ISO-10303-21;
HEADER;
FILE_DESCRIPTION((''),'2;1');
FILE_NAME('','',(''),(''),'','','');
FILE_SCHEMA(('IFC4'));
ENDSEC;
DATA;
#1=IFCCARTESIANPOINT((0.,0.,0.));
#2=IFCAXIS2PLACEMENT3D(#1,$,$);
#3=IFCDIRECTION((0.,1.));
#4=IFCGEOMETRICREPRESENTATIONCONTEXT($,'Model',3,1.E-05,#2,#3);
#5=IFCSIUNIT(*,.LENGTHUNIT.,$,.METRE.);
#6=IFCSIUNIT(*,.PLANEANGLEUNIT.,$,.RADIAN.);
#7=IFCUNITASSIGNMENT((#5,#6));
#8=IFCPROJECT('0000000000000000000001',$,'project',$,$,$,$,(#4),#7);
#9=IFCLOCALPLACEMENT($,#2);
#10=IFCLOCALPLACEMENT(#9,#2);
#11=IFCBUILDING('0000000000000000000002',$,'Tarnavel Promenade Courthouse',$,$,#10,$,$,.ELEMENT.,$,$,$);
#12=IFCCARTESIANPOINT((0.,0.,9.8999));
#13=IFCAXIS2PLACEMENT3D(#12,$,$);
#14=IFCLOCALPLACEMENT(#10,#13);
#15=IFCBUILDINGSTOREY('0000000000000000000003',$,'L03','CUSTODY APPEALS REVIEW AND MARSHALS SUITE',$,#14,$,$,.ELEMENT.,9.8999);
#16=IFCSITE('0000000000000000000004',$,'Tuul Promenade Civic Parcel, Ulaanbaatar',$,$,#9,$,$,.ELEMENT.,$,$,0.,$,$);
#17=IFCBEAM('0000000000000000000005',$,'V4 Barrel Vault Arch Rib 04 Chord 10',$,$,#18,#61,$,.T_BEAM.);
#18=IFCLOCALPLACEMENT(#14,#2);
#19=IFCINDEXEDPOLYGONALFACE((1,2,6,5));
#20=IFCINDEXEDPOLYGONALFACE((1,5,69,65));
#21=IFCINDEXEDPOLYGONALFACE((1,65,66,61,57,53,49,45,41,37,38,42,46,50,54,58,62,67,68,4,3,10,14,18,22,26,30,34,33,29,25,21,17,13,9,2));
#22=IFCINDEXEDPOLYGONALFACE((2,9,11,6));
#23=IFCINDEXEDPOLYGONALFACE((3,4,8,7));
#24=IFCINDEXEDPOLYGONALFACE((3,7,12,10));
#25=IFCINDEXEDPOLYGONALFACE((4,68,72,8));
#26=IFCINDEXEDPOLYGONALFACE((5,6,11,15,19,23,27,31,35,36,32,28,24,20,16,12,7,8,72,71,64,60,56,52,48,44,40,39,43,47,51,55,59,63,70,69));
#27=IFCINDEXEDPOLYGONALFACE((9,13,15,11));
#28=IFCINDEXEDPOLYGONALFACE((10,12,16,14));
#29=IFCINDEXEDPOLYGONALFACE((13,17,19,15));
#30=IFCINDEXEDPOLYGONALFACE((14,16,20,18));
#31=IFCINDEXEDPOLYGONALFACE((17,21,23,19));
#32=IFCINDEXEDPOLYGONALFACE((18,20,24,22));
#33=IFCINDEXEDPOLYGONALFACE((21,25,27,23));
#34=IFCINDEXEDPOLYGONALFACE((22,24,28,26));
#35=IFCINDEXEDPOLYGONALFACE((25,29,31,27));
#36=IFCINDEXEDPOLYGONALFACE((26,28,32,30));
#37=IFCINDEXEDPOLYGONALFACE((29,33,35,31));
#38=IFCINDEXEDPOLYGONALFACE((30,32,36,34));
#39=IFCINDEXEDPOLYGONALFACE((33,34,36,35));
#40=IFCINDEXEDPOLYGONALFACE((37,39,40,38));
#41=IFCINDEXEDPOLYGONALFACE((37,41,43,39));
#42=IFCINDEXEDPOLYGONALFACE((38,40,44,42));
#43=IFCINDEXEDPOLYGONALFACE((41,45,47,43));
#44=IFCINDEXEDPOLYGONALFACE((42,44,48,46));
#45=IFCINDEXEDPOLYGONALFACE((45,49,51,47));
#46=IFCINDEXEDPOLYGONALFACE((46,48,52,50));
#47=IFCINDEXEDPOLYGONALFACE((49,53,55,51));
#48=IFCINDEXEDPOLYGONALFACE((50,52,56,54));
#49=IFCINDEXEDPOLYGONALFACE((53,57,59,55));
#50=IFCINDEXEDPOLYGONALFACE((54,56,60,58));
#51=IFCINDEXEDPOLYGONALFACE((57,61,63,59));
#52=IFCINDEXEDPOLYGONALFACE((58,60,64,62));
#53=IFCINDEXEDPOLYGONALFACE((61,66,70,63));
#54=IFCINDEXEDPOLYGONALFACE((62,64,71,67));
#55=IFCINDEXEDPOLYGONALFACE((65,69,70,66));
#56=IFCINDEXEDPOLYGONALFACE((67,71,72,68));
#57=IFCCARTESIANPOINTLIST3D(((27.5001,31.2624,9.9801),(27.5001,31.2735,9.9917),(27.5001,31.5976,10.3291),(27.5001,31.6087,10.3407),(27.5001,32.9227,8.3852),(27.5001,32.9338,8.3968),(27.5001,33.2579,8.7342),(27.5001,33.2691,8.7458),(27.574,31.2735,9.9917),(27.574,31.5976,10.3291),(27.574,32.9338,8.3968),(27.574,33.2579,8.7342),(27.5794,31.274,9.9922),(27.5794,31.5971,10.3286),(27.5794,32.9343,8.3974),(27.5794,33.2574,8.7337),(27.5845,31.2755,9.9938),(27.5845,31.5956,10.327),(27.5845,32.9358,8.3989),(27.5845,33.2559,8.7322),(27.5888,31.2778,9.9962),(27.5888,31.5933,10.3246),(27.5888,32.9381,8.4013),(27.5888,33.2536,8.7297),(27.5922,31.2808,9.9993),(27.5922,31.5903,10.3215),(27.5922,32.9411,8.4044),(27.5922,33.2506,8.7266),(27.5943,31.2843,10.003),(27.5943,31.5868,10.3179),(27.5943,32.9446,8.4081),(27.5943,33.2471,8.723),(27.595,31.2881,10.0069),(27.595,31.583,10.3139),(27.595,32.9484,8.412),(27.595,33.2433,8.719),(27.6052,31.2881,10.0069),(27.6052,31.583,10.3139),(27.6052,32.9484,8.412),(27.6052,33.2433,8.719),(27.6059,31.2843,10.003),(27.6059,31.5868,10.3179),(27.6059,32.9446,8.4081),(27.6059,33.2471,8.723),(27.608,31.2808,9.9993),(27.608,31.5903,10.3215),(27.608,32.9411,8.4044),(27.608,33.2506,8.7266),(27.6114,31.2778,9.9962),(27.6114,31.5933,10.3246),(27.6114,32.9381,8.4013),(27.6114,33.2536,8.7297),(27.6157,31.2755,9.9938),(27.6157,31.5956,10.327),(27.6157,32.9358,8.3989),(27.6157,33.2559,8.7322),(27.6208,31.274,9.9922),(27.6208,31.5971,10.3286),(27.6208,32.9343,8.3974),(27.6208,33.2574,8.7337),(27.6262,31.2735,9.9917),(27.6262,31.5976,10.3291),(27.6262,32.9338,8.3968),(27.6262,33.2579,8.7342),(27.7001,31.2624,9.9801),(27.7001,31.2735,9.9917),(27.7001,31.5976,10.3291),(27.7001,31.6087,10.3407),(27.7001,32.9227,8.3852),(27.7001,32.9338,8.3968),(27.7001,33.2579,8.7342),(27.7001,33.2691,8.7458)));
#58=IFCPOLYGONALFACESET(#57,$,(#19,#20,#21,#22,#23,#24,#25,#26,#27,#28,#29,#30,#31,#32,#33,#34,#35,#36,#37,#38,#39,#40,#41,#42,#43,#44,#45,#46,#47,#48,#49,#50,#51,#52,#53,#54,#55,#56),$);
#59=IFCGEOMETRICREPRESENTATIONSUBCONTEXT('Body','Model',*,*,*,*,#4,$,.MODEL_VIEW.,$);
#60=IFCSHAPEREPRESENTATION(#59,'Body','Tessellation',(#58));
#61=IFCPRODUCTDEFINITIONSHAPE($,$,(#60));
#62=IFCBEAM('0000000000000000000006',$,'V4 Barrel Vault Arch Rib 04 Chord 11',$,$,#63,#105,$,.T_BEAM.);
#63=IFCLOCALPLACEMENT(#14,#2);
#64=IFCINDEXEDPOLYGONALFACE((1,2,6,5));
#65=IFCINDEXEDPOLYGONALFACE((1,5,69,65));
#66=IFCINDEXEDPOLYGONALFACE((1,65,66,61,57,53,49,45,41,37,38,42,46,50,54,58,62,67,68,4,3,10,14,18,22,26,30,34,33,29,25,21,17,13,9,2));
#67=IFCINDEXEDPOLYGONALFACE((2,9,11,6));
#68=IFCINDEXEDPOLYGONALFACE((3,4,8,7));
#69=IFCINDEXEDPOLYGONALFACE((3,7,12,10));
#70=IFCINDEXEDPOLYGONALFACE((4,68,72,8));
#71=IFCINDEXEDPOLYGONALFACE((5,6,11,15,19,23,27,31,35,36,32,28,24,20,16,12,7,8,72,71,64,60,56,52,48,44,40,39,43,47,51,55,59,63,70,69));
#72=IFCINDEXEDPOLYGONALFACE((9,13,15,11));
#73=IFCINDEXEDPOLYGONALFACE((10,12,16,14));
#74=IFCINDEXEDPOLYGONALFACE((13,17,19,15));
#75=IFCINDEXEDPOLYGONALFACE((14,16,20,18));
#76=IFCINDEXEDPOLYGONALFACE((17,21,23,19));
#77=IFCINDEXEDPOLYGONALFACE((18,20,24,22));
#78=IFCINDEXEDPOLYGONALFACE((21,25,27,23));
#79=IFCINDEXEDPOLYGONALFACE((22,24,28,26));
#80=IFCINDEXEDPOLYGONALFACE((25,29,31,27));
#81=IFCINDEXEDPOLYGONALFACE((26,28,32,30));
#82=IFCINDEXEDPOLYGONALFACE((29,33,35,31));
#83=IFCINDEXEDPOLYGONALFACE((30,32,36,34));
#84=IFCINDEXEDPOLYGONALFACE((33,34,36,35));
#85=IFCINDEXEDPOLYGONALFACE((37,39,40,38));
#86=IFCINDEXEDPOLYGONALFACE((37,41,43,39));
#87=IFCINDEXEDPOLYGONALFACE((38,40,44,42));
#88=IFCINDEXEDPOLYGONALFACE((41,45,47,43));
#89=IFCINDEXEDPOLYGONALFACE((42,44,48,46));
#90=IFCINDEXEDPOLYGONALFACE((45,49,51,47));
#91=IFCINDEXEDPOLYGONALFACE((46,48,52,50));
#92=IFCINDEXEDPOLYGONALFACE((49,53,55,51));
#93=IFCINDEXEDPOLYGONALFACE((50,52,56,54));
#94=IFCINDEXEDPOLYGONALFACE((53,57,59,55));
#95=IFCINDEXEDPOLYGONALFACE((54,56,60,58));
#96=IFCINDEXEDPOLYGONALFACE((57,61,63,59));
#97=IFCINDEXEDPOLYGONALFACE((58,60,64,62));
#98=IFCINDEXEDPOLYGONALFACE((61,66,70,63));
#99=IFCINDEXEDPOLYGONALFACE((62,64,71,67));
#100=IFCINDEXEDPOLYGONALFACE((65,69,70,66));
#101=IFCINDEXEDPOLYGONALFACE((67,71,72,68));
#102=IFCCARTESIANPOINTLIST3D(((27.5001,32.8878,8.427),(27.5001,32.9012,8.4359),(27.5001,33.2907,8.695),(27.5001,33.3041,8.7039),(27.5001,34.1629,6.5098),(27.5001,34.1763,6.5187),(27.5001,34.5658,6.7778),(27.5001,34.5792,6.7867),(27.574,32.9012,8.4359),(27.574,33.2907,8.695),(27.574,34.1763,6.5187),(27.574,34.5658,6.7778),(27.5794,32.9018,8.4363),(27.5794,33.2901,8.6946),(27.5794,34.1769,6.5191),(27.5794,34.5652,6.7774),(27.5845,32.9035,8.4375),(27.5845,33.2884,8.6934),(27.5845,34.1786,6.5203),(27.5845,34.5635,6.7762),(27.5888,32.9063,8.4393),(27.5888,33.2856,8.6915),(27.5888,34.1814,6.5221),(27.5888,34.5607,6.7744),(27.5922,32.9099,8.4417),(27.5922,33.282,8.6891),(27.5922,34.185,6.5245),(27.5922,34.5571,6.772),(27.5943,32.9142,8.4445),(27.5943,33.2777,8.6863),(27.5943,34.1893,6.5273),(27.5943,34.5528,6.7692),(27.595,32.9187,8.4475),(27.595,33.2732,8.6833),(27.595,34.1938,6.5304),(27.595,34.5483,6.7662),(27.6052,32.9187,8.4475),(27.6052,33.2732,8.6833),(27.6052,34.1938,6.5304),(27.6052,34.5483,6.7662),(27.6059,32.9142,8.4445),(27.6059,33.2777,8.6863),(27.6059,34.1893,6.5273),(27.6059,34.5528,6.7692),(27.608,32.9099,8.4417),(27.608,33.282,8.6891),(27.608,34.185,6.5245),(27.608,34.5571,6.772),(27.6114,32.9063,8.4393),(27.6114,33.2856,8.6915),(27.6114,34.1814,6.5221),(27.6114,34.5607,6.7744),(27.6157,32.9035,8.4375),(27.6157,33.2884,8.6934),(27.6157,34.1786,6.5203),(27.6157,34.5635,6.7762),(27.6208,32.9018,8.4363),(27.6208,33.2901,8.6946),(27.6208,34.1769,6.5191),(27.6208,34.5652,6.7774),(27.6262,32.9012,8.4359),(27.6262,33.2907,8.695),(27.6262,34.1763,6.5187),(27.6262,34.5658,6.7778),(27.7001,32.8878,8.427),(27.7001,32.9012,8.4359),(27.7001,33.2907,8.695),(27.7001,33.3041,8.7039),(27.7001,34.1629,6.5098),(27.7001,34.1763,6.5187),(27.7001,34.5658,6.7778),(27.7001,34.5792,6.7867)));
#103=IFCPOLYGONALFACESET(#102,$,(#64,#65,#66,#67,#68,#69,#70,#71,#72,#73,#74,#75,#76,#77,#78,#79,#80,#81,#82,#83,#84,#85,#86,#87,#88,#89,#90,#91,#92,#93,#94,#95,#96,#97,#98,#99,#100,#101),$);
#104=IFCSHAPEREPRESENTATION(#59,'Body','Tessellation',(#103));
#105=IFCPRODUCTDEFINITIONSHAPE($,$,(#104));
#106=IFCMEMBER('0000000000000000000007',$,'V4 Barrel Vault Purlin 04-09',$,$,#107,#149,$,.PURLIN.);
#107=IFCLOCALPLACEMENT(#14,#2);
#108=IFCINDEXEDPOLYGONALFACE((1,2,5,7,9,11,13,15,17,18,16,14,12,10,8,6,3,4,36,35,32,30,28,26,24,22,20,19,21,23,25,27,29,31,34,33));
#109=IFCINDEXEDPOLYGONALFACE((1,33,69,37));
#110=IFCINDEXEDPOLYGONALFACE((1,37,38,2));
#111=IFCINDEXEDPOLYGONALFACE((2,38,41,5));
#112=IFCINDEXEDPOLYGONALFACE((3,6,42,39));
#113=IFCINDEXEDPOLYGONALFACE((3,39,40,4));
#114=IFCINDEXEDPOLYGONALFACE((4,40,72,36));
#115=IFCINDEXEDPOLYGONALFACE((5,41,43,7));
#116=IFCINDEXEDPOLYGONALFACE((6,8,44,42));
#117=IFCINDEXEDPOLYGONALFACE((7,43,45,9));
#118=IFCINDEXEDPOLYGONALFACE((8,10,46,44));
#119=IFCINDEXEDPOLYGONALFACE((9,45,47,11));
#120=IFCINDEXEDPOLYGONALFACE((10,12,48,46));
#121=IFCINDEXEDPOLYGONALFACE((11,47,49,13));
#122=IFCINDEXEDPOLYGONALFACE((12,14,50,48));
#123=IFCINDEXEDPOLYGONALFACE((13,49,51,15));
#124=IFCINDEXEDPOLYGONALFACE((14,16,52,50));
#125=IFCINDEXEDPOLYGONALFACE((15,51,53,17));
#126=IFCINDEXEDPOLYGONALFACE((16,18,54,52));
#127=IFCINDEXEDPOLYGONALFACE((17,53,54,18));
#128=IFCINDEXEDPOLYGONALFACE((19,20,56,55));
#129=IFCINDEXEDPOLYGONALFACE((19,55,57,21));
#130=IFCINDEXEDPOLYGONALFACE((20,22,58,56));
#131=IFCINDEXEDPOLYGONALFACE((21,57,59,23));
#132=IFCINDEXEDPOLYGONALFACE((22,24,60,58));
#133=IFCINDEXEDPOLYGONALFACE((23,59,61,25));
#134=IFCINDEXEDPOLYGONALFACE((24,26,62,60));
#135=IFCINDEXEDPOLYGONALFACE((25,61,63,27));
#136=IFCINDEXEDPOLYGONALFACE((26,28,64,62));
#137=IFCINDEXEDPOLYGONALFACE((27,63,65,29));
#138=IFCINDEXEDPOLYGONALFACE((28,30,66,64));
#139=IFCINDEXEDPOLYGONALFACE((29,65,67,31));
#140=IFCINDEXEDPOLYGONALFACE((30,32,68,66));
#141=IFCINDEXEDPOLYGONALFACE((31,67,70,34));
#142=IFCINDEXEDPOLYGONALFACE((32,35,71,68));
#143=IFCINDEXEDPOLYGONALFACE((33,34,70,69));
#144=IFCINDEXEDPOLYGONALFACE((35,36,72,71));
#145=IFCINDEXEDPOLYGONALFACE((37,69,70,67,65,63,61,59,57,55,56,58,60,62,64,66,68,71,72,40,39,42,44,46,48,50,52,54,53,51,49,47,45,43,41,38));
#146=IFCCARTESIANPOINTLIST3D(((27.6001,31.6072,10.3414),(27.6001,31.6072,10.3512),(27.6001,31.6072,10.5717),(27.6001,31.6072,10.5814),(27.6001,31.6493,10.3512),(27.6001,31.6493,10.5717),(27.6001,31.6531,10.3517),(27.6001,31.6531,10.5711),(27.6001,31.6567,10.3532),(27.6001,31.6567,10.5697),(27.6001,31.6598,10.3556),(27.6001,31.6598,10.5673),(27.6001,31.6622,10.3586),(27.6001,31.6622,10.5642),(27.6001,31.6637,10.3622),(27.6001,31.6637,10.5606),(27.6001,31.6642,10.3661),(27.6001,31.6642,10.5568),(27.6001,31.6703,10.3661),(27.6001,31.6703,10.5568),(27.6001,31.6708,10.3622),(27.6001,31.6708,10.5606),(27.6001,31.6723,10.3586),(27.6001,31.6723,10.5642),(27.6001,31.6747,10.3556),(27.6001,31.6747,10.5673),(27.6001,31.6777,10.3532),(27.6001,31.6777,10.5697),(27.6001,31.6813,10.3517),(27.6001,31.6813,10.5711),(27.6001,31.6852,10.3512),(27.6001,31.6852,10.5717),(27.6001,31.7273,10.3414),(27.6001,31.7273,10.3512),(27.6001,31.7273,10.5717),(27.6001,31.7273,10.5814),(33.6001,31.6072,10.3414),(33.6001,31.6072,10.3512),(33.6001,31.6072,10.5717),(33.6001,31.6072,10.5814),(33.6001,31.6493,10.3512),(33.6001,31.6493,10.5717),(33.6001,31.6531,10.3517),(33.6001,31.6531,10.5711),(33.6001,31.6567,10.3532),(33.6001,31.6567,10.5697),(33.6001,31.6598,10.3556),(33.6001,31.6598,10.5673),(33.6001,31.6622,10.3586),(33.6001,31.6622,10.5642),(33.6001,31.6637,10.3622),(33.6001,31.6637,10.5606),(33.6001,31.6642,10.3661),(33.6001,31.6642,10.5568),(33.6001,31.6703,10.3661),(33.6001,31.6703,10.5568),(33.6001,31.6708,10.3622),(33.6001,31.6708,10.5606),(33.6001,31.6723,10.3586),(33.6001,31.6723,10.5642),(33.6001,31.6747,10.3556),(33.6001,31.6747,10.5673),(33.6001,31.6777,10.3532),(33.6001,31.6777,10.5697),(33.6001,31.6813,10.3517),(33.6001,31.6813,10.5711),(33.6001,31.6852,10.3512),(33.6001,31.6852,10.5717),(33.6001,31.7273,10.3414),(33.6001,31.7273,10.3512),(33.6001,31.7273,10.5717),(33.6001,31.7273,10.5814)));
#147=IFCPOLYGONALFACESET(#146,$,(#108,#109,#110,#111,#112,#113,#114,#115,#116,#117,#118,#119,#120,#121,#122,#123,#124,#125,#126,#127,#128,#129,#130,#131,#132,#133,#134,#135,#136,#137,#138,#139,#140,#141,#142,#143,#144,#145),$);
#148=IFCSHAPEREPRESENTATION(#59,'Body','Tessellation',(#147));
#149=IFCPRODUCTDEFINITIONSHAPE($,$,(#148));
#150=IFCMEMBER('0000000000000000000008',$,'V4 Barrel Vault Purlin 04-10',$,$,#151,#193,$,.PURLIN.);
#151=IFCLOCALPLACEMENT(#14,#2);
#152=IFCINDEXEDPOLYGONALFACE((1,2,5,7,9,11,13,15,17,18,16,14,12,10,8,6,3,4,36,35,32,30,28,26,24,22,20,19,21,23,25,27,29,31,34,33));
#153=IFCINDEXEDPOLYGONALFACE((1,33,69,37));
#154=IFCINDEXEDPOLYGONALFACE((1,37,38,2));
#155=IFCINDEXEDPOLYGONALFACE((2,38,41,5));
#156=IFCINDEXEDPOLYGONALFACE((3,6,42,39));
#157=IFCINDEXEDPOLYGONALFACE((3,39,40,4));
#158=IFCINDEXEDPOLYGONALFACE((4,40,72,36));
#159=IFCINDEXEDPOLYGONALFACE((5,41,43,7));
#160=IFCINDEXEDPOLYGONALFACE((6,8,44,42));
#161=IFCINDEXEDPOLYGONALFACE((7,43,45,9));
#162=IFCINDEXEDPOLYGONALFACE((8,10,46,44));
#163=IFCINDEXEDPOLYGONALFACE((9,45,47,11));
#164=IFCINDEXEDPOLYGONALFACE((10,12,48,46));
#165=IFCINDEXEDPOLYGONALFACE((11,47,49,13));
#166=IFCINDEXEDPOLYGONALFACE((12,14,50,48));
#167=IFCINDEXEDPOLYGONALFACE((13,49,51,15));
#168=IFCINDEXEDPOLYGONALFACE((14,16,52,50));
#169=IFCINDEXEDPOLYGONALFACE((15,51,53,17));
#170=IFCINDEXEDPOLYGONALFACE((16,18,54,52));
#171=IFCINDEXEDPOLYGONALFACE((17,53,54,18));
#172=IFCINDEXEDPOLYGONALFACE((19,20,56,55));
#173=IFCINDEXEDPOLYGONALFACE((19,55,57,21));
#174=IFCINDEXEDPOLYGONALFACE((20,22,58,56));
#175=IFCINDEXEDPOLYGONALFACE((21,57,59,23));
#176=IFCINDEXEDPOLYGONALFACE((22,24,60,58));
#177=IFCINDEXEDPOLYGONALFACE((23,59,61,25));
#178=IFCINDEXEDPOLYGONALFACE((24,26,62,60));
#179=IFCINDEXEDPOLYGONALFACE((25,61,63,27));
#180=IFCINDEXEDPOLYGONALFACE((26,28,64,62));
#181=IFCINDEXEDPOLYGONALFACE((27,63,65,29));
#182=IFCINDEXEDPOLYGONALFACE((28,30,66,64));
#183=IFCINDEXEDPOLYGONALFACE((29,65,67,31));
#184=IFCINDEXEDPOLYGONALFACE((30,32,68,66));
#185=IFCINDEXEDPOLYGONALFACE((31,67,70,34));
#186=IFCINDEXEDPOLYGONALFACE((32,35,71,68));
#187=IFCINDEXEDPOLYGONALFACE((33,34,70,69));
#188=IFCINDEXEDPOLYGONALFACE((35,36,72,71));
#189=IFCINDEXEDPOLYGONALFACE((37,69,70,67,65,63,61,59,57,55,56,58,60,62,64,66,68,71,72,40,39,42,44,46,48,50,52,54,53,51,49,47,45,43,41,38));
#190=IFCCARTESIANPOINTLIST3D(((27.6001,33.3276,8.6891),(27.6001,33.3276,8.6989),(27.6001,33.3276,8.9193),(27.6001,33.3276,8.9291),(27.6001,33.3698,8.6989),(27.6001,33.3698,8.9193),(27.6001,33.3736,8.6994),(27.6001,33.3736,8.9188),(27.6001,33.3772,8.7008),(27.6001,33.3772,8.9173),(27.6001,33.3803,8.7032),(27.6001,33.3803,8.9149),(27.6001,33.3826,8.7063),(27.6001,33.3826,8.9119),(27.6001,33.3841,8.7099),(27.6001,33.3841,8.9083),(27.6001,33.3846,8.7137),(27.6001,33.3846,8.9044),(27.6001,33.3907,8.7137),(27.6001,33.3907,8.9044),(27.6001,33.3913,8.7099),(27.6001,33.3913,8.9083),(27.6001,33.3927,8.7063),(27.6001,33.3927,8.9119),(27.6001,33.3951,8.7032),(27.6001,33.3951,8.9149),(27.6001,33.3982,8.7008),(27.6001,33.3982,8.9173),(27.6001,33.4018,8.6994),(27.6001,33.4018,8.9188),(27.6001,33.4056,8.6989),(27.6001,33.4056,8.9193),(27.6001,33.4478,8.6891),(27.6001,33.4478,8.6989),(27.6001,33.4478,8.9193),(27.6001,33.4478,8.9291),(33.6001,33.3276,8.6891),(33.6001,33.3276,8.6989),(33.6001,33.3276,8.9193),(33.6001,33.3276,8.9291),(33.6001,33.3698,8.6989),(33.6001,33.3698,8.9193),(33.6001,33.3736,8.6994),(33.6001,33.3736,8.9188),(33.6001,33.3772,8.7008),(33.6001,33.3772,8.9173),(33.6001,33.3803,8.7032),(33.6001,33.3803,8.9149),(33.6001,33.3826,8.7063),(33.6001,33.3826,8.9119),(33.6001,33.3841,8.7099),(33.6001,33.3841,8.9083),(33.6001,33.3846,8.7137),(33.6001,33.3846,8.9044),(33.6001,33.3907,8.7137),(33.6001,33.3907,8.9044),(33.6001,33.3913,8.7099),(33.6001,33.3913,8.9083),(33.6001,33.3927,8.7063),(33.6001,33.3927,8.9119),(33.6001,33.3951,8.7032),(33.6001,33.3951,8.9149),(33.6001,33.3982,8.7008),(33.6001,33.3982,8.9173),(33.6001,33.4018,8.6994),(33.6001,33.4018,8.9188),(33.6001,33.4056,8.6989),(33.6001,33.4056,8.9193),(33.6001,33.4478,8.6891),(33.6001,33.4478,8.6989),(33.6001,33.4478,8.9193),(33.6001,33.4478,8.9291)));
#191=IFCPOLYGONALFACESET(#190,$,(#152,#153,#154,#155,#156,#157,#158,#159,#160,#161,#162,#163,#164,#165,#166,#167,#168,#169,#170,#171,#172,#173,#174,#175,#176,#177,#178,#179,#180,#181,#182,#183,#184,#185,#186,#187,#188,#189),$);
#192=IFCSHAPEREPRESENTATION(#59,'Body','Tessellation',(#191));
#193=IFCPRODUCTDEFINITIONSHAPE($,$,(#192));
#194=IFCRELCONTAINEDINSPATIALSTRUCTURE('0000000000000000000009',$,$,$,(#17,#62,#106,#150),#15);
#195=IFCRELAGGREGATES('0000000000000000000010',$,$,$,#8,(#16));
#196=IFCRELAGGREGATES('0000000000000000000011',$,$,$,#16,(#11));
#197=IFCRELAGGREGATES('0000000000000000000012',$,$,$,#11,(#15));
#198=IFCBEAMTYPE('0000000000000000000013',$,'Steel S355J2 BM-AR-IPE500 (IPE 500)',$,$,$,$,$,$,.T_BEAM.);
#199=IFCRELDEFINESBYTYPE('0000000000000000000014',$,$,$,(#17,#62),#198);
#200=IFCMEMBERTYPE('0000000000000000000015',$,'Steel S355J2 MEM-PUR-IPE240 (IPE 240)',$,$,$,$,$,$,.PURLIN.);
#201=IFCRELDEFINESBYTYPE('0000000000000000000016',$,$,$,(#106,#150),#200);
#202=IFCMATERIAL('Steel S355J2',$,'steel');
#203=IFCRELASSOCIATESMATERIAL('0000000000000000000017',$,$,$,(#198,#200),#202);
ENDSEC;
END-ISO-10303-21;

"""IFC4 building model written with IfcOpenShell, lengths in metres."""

from ifc_helpers import new_model, si_unit, direction, frame, origin, origin_2d, place, context, subcontext, project, spatial, i_section, extrude, material, material_profile, profile_set, type_object, element, save


model = new_model("IFC4")

# Units and contexts
model_context = context("Model", 3, precision=1e-05, world=origin(), true_north=direction((0.0, 1.0)))
body_context = subcontext(model_context, "Body", "Model", "MODEL_VIEW")
ifc_project = project(units=[si_unit("LENGTHUNIT", "METRE"), si_unit("PLANEANGLEUNIT", "RADIAN")], contexts=[model_context])

# Site, building, storey
site_placement = place(None, origin())
site = spatial("IfcSite", under=ifc_project, at=site_placement, Name="Tuul Promenade Civic Parcel, Ulaanbaatar", CompositionType="ELEMENT", RefElevation=0.0)
building_placement = place(site_placement, origin())
building = spatial("IfcBuilding", under=site, at=building_placement, Name="Tarnavel Promenade Courthouse", CompositionType="ELEMENT")
storey_placement = place(building_placement, frame((0.0, 0.0, 9.8999)))
storey = spatial("IfcBuildingStorey", under=building, at=storey_placement, Name="L03", Description="CUSTODY APPEALS REVIEW AND MARSHALS SUITE", CompositionType="ELEMENT", Elevation=9.8999)

# Beams
ifc_material_1 = material(Name="Steel S355J2", Category="steel")
ifc_material_profile_1 = material_profile(ifc_material_1, i_section(OverallWidth=0.2, OverallDepth=0.5, WebThickness=0.0103, FlangeThickness=0.0161, FilletRadius=0.021, at=origin_2d()), Name="IPE 500")
ifc_profile_set_1 = profile_set([ifc_material_profile_1], Name="Steel S355J2")
beam_type = type_object("IfcBeamType", Name="Steel S355J2 BM-AR-IPE500 (IPE 500)", PredefinedType="T_BEAM", material=ifc_profile_set_1)
beam_1_placement = place(storey_placement, frame((27.6001, 31.4355, 10.1604), z_axis=(0.0, 0.721173, -0.692755), x_axis=(-1.0, 0.0, 0.0)))
element("IfcBeam", 1, at=beam_1_placement, inside=storey, type_object=beam_type, Name="V4 Barrel Vault Arch Rib 04 Chord 10", PredefinedType="T_BEAM", context=body_context, shape_type="SweptSolid", body=[
    extrude(i_section(OverallWidth=0.2, OverallDepth=0.5, WebThickness=0.0103, FlangeThickness=0.0161, FilletRadius=0.021, at=origin_2d()), origin(), (0.0, 0.0, 1.0), 2.3022),
])
beam_2_placement = place(storey_placement, frame((27.6001, 33.0959, 8.5654), z_axis=(0.0, 0.553795, -0.832653), x_axis=(-1.0, 0.0, 0.0)))
element("IfcBeam", 2, at=beam_2_placement, inside=storey, type_object=beam_type, Name="V4 Barrel Vault Arch Rib 04 Chord 11", PredefinedType="T_BEAM", context=body_context, shape_type="SweptSolid", body=[
    extrude(i_section(OverallWidth=0.2, OverallDepth=0.5, WebThickness=0.0103, FlangeThickness=0.0161, FilletRadius=0.021, at=origin_2d()), origin(), (0.0, 0.0, 1.0), 2.3025),
])

# Members
ifc_material_profile_2 = material_profile(ifc_material_1, i_section(OverallWidth=0.1201, OverallDepth=0.24, WebThickness=0.0061, FlangeThickness=0.0098, FilletRadius=0.0149, at=origin_2d()), Name="IPE 240")
ifc_profile_set_2 = profile_set([ifc_material_profile_2], Name="Steel S355J2")
member_type_1 = type_object("IfcMemberType", Name="Steel S355J2 MEM-PUR-IPE240 (IPE 240)", PredefinedType="PURLIN", material=ifc_profile_set_2)
for number, where, z_axis, x_axis, name in (
    (3, (27.6001, 31.6672, 10.4614), (1.0, 0.0, 0.0), (0.0, 1.0, 0.0), "V4 Barrel Vault Purlin 04-09"),
    (4, (27.6001, 33.3877, 8.8091), (1.0, 0.0, 0.0), (0.0, 1.0, 0.0), "V4 Barrel Vault Purlin 04-10"),
):
    element("IfcMember", number, at=place(storey_placement, frame(where, z_axis=z_axis, x_axis=x_axis)), inside=storey, type_object=member_type_1, Name=name, PredefinedType="PURLIN", context=body_context, shape_type="SweptSolid", body=[
        extrude(i_section(OverallWidth=0.1201, OverallDepth=0.24, WebThickness=0.0061, FlangeThickness=0.0098, FilletRadius=0.0149, at=origin_2d()), origin(), (0.0, 0.0, 1.0), 6.0),
    ])

save(model, "model.ifc")
